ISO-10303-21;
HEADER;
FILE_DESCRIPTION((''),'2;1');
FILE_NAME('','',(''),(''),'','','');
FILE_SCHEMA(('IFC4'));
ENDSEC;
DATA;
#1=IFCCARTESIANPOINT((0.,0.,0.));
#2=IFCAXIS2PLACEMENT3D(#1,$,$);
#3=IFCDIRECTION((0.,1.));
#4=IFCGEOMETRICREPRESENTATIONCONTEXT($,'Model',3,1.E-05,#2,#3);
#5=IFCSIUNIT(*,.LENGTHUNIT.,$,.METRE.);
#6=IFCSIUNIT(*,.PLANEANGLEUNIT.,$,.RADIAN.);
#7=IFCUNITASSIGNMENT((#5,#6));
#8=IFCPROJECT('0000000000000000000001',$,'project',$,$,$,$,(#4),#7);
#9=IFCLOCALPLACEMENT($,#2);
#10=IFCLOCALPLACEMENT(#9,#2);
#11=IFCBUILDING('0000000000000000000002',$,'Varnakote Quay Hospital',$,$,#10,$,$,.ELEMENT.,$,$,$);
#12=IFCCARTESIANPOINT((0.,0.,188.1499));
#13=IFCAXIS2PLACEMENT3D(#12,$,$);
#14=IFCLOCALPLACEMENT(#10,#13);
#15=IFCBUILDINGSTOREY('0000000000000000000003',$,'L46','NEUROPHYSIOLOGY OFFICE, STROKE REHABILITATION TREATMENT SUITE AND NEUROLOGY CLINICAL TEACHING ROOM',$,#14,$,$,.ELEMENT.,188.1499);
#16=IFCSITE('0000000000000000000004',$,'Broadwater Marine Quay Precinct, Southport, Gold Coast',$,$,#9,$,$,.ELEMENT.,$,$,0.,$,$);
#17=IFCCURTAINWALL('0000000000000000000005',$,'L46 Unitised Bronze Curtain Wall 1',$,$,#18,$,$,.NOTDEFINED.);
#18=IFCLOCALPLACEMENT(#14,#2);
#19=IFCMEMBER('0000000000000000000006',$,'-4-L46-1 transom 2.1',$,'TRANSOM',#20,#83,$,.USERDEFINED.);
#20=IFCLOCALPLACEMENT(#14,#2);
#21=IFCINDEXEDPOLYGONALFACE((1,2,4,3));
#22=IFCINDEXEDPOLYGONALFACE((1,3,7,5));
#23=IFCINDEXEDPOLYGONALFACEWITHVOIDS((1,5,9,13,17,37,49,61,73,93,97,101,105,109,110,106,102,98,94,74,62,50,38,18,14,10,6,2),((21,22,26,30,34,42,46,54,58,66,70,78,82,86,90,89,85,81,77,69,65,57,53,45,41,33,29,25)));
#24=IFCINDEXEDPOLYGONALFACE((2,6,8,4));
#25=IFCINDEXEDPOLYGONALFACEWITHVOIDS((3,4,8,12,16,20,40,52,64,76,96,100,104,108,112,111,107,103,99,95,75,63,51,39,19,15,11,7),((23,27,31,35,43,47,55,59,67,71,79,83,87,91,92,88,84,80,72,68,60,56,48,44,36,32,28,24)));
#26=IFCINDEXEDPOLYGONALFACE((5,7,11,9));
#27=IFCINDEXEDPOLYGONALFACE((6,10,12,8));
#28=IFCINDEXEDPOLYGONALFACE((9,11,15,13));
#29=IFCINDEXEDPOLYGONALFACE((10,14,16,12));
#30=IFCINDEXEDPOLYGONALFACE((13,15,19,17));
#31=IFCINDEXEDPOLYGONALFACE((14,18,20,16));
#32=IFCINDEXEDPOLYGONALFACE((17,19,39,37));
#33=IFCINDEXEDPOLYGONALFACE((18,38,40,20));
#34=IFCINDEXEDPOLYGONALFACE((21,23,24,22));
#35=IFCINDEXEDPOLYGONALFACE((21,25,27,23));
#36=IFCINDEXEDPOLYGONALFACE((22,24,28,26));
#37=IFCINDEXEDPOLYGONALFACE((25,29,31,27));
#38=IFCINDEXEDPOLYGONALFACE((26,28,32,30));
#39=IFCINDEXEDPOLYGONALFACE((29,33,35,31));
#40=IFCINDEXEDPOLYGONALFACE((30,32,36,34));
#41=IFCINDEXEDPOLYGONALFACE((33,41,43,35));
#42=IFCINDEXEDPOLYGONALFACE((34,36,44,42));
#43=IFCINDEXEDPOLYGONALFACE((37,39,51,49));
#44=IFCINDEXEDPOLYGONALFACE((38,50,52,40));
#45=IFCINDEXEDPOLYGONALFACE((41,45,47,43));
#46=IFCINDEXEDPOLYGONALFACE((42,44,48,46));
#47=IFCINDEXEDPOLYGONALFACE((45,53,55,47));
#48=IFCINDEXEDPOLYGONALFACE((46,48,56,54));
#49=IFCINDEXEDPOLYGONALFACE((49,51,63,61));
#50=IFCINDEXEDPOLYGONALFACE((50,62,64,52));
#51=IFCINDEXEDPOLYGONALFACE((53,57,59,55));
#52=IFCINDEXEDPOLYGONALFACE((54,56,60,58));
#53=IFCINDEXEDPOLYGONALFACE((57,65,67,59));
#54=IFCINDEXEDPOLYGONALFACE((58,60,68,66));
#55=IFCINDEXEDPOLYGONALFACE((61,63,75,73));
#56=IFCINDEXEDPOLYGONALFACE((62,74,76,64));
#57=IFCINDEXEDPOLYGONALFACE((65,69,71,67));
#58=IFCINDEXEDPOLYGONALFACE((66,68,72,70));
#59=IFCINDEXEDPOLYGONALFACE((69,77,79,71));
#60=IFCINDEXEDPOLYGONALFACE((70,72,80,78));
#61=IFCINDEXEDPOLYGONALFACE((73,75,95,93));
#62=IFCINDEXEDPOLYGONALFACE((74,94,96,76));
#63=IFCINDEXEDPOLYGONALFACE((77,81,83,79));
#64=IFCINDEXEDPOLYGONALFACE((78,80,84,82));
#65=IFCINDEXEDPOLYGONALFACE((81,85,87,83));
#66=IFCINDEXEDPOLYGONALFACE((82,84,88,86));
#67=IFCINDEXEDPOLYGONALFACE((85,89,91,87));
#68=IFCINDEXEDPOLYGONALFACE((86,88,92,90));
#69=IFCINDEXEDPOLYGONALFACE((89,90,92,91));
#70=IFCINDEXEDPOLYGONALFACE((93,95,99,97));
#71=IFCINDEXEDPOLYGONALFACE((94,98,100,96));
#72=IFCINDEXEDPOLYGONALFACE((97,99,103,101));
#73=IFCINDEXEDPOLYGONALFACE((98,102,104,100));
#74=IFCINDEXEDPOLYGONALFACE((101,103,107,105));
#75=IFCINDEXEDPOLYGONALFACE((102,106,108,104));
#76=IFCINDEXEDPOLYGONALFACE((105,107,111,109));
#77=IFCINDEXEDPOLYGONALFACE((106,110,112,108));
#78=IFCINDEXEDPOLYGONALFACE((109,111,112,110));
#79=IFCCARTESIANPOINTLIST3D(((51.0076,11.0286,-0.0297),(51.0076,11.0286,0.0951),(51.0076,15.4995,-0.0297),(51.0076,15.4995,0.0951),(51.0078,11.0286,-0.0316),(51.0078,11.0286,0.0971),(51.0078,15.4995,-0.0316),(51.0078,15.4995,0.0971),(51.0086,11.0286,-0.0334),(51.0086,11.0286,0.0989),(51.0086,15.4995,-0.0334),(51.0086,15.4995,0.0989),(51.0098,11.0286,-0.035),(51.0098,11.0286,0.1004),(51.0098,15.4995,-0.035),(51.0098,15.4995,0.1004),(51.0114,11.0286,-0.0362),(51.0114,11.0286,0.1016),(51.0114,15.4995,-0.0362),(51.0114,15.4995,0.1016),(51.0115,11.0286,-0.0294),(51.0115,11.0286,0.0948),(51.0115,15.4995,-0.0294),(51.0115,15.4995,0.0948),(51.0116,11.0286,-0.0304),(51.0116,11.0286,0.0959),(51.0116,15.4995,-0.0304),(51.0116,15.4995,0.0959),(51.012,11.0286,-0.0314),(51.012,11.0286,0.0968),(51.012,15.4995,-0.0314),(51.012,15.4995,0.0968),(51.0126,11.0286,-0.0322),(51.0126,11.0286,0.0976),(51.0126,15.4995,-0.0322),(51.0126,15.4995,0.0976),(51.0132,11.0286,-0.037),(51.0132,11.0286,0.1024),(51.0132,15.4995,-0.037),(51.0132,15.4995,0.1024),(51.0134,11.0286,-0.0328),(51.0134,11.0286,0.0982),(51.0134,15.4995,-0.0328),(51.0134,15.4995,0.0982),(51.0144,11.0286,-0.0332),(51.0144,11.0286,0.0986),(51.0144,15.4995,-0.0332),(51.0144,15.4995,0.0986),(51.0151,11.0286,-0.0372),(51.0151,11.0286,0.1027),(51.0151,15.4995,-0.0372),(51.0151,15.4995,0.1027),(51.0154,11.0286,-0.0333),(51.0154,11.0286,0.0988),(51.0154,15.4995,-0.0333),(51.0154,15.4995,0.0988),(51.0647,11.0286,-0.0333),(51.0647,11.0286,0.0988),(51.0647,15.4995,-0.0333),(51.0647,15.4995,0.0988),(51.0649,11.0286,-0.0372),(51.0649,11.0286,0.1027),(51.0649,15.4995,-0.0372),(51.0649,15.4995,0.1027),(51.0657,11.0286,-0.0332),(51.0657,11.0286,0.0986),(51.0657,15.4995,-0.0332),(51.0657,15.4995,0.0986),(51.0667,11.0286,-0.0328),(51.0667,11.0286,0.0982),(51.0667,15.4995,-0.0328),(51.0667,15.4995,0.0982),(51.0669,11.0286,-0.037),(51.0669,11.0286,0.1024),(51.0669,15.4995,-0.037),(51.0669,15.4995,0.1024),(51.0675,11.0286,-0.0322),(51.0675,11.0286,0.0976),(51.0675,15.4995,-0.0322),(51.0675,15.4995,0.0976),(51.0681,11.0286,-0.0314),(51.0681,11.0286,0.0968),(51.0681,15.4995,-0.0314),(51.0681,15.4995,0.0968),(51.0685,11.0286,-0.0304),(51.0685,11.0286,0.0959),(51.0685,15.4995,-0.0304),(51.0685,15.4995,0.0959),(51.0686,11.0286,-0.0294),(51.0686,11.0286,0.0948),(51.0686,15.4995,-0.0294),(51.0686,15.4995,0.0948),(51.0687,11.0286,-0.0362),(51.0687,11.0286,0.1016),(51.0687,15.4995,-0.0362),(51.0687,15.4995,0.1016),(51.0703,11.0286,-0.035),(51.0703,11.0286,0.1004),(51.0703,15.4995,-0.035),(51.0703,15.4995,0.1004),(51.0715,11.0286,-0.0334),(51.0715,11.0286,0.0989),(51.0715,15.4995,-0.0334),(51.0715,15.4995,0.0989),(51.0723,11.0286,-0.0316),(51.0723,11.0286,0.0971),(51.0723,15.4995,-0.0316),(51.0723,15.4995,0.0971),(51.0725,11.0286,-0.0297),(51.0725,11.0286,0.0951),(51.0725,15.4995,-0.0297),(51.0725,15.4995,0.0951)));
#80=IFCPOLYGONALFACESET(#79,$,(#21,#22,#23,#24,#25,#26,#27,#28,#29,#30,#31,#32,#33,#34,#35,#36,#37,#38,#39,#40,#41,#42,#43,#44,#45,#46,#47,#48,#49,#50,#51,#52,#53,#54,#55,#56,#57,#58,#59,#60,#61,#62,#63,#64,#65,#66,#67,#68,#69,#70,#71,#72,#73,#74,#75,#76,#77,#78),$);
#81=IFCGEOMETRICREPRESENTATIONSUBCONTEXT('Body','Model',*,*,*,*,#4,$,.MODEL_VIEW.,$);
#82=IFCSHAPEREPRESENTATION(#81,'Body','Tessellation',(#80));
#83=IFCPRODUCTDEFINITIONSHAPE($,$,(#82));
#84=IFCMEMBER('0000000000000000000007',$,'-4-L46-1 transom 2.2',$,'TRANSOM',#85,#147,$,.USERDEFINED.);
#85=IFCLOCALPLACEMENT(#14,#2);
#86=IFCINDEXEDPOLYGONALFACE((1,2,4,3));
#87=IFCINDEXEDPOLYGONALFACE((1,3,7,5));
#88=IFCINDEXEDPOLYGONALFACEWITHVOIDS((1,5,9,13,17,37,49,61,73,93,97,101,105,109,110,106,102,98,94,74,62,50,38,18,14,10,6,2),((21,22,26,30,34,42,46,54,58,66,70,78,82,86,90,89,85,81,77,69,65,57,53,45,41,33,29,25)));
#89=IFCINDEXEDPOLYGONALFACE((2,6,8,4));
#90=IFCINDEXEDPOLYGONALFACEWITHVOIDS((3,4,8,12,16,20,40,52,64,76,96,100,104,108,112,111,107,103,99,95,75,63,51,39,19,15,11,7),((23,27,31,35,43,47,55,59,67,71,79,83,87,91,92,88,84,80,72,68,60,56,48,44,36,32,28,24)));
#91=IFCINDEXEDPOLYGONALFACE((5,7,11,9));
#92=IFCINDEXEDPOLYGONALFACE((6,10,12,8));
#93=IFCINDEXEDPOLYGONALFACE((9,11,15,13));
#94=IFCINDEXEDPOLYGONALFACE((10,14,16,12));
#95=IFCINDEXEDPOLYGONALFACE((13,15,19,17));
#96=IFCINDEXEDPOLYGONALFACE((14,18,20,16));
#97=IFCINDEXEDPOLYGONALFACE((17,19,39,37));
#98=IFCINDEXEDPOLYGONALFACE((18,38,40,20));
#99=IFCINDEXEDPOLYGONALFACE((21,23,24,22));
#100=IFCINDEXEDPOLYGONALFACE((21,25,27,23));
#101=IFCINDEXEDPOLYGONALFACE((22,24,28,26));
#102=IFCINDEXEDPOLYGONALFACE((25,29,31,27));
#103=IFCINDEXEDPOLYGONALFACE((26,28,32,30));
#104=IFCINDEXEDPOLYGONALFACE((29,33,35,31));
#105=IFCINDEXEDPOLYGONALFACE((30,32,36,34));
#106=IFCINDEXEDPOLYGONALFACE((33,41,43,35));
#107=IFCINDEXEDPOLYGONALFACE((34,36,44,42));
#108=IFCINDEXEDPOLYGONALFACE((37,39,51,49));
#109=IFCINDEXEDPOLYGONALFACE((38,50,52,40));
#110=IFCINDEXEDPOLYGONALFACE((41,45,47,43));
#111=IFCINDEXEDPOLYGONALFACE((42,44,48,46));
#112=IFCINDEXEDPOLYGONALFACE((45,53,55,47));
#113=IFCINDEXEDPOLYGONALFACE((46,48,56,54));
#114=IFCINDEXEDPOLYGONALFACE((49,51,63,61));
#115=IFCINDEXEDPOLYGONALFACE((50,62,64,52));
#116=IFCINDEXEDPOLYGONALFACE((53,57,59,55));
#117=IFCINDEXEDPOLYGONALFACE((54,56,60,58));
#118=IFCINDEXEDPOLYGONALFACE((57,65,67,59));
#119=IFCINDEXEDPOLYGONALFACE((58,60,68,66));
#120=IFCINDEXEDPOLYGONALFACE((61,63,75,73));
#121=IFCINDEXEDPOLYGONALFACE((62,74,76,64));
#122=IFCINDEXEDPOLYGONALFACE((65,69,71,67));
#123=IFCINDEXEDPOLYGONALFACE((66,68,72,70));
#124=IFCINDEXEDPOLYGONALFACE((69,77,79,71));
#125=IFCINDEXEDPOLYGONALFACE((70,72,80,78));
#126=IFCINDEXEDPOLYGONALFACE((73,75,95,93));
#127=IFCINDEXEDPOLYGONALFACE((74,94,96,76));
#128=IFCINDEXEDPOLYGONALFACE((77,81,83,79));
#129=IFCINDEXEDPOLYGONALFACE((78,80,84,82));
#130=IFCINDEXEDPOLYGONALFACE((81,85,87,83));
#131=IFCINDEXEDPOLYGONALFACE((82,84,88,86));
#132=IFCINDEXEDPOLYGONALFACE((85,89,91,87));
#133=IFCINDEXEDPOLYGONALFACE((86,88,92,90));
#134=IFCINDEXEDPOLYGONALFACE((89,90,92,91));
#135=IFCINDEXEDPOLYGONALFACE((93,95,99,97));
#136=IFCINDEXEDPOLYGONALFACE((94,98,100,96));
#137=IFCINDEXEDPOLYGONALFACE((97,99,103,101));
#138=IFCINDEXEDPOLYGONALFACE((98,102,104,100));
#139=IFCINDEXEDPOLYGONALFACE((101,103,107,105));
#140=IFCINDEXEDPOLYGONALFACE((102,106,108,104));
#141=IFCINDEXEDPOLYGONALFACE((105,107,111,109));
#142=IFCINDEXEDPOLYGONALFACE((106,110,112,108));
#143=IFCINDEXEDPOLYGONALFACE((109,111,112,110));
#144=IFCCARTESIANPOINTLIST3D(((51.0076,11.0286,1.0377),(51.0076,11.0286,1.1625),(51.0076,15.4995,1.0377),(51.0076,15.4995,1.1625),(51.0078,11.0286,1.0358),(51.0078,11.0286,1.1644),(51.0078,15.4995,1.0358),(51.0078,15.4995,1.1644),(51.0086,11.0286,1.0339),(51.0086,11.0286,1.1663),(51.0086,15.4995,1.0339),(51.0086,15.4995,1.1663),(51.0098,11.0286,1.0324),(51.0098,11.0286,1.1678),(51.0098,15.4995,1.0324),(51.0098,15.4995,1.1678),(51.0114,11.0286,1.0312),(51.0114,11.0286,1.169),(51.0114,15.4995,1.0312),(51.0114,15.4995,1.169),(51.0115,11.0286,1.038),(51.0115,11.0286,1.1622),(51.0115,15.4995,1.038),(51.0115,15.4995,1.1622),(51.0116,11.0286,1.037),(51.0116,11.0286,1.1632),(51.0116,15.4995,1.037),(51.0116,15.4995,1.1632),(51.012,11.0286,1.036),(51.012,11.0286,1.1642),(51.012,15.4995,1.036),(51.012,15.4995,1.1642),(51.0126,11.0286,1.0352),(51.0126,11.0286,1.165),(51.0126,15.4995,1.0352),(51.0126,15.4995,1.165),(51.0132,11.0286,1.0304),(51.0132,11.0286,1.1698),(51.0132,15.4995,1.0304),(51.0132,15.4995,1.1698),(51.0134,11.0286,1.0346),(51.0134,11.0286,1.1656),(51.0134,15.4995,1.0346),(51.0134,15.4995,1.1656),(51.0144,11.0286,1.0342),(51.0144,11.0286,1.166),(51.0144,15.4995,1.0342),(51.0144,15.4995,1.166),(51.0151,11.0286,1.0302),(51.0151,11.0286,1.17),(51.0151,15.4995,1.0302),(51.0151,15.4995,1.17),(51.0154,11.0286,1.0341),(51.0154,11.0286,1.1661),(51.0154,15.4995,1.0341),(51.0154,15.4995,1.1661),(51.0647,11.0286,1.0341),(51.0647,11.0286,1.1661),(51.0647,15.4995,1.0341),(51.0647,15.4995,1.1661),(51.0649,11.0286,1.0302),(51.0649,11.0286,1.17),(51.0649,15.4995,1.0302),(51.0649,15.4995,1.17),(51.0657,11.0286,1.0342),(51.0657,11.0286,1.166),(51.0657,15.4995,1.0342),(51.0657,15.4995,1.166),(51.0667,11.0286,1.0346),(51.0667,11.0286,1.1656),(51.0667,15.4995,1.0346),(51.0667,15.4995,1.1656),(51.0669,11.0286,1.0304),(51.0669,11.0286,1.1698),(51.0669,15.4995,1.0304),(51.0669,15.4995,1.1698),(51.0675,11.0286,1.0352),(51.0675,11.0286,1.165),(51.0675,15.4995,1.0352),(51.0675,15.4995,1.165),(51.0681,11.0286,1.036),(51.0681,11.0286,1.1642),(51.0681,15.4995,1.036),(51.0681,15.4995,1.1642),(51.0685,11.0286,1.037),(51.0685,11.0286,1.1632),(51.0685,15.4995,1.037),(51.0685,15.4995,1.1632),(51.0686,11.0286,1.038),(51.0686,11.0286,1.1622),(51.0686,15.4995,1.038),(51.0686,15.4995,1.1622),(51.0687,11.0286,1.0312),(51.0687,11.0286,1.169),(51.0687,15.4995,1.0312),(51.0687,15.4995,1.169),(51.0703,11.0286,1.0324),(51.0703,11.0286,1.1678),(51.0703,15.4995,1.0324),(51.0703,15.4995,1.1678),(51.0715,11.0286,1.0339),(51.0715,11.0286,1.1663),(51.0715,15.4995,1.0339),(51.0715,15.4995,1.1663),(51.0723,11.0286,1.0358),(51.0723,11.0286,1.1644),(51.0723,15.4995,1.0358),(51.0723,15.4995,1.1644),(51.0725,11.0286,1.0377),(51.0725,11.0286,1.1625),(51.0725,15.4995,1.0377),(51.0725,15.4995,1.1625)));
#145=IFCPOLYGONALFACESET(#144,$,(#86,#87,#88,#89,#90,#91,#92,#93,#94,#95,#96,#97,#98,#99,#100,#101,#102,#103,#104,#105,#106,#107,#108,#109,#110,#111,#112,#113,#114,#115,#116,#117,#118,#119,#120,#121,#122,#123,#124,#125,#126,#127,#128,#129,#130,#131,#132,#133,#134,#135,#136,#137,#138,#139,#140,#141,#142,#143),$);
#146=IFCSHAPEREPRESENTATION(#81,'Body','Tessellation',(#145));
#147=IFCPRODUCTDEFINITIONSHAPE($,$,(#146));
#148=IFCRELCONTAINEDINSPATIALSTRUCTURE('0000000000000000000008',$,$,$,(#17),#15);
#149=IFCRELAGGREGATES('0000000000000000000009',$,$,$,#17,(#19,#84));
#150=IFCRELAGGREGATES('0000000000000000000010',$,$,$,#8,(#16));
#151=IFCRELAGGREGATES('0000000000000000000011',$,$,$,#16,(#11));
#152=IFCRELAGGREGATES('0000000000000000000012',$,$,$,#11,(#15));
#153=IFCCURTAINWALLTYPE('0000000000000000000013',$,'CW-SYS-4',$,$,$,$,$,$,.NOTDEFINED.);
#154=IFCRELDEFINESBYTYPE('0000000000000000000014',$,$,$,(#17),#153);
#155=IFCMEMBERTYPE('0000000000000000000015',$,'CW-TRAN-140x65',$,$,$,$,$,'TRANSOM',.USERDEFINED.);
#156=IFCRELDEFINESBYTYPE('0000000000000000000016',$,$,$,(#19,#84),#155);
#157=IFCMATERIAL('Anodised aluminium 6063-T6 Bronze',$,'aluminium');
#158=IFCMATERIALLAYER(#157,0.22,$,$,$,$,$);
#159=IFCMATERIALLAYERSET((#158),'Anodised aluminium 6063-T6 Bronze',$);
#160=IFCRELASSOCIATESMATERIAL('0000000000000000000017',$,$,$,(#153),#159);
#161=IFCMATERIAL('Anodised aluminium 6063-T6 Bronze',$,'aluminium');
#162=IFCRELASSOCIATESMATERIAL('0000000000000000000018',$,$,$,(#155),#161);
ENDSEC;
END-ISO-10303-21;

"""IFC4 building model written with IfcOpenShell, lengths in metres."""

from ifc_helpers import new_model, si_unit, direction, frame, origin, origin_2d, place, context, subcontext, project, spatial, hollow_rectangle, extrude, material, layer, layer_set, material_profile, profile_set, type_object, element, aggregate, save


model = new_model("IFC4")

# Units and contexts
model_context = context("Model", 3, precision=1e-05, world=origin(), true_north=direction((0.0, 1.0)))
body_context = subcontext(model_context, "Body", "Model", "MODEL_VIEW")
ifc_project = project(units=[si_unit("LENGTHUNIT", "METRE"), si_unit("PLANEANGLEUNIT", "RADIAN")], contexts=[model_context])

# Site, building, storey
site_placement = place(None, origin())
site = spatial("IfcSite", under=ifc_project, at=site_placement, Name="Broadwater Marine Quay Precinct, Southport, Gold Coast", CompositionType="ELEMENT", RefElevation=0.0)
building_placement = place(site_placement, origin())
building = spatial("IfcBuilding", under=site, at=building_placement, Name="Varnakote Quay Hospital", CompositionType="ELEMENT")
storey_placement = place(building_placement, frame((0.0, 0.0, 188.1499)))
storey = spatial("IfcBuildingStorey", under=building, at=storey_placement, Name="L46", Description="NEUROPHYSIOLOGY OFFICE, STROKE REHABILITATION TREATMENT SUITE AND NEUROLOGY CLINICAL TEACHING ROOM", CompositionType="ELEMENT", Elevation=188.1499)

# Curtain wall, members
ifc_material_1 = material(Name="Anodised aluminium 6063-T6 Bronze", Category="aluminium")
ifc_layer_1 = layer(ifc_material_1, 0.22)
ifc_layer_set_1 = layer_set([ifc_layer_1], Name="Anodised aluminium 6063-T6 Bronze")
curtain_wall_type = type_object("IfcCurtainWallType", Name="CW-SYS-4", PredefinedType="NOTDEFINED", material=ifc_layer_set_1)
curtain_wall_placement = place(storey_placement, origin())
curtain_wall = element("IfcCurtainWall", 1, at=curtain_wall_placement, inside=storey, type_object=curtain_wall_type, Name="L46 Unitised Bronze Curtain Wall 1", PredefinedType="NOTDEFINED")
ifc_material_2 = material(Name="Anodised aluminium 6063-T6 Bronze", Category="aluminium")
ifc_material_profile_1 = material_profile(ifc_material_2, hollow_rectangle(XDim=0.0649, YDim=0.1399, WallThickness=0.0039, InnerFilletRadius=0.0039, OuterFilletRadius=0.0076, at=origin_2d()), Name="CW-TRAN-140x65")
ifc_profile_set_1 = profile_set([ifc_material_profile_1], Name="Anodised aluminium 6063-T6 Bronze")
member_type_1 = type_object("IfcMemberType", Name="CW-TRAN-140x65", ElementType="TRANSOM", PredefinedType="USERDEFINED", material=ifc_profile_set_1)
member_1_placement = place(storey_placement, frame((51.04, 11.0286, 0.0327), z_axis=(0.0, 1.0, 0.0), x_axis=(-1.0, 0.0, 0.0)))
member_1 = element("IfcMember", 2, at=member_1_placement, type_object=member_type_1, Name="-4-L46-1 transom 2.1", ObjectType="TRANSOM", PredefinedType="USERDEFINED", context=body_context, shape_type="SweptSolid", body=[
    extrude(hollow_rectangle(XDim=0.0649, YDim=0.1399, WallThickness=0.0039, InnerFilletRadius=0.0039, OuterFilletRadius=0.0076, at=origin_2d()), origin(), (0.0, 0.0, 1.0), 4.4709),
])
member_2_placement = place(storey_placement, frame((51.04, 11.0286, 1.1001), z_axis=(0.0, 1.0, 0.0), x_axis=(-1.0, 0.0, 0.0)))
member_2 = element("IfcMember", 3, at=member_2_placement, type_object=member_type_1, Name="-4-L46-1 transom 2.2", ObjectType="TRANSOM", PredefinedType="USERDEFINED", context=body_context, shape_type="SweptSolid", body=[
    extrude(hollow_rectangle(XDim=0.0649, YDim=0.1399, WallThickness=0.0039, InnerFilletRadius=0.0039, OuterFilletRadius=0.0076, at=origin_2d()), origin(), (0.0, 0.0, 1.0), 4.4709),
])
aggregate(curtain_wall, [member_1, member_2])

save(model, "model.ifc")
